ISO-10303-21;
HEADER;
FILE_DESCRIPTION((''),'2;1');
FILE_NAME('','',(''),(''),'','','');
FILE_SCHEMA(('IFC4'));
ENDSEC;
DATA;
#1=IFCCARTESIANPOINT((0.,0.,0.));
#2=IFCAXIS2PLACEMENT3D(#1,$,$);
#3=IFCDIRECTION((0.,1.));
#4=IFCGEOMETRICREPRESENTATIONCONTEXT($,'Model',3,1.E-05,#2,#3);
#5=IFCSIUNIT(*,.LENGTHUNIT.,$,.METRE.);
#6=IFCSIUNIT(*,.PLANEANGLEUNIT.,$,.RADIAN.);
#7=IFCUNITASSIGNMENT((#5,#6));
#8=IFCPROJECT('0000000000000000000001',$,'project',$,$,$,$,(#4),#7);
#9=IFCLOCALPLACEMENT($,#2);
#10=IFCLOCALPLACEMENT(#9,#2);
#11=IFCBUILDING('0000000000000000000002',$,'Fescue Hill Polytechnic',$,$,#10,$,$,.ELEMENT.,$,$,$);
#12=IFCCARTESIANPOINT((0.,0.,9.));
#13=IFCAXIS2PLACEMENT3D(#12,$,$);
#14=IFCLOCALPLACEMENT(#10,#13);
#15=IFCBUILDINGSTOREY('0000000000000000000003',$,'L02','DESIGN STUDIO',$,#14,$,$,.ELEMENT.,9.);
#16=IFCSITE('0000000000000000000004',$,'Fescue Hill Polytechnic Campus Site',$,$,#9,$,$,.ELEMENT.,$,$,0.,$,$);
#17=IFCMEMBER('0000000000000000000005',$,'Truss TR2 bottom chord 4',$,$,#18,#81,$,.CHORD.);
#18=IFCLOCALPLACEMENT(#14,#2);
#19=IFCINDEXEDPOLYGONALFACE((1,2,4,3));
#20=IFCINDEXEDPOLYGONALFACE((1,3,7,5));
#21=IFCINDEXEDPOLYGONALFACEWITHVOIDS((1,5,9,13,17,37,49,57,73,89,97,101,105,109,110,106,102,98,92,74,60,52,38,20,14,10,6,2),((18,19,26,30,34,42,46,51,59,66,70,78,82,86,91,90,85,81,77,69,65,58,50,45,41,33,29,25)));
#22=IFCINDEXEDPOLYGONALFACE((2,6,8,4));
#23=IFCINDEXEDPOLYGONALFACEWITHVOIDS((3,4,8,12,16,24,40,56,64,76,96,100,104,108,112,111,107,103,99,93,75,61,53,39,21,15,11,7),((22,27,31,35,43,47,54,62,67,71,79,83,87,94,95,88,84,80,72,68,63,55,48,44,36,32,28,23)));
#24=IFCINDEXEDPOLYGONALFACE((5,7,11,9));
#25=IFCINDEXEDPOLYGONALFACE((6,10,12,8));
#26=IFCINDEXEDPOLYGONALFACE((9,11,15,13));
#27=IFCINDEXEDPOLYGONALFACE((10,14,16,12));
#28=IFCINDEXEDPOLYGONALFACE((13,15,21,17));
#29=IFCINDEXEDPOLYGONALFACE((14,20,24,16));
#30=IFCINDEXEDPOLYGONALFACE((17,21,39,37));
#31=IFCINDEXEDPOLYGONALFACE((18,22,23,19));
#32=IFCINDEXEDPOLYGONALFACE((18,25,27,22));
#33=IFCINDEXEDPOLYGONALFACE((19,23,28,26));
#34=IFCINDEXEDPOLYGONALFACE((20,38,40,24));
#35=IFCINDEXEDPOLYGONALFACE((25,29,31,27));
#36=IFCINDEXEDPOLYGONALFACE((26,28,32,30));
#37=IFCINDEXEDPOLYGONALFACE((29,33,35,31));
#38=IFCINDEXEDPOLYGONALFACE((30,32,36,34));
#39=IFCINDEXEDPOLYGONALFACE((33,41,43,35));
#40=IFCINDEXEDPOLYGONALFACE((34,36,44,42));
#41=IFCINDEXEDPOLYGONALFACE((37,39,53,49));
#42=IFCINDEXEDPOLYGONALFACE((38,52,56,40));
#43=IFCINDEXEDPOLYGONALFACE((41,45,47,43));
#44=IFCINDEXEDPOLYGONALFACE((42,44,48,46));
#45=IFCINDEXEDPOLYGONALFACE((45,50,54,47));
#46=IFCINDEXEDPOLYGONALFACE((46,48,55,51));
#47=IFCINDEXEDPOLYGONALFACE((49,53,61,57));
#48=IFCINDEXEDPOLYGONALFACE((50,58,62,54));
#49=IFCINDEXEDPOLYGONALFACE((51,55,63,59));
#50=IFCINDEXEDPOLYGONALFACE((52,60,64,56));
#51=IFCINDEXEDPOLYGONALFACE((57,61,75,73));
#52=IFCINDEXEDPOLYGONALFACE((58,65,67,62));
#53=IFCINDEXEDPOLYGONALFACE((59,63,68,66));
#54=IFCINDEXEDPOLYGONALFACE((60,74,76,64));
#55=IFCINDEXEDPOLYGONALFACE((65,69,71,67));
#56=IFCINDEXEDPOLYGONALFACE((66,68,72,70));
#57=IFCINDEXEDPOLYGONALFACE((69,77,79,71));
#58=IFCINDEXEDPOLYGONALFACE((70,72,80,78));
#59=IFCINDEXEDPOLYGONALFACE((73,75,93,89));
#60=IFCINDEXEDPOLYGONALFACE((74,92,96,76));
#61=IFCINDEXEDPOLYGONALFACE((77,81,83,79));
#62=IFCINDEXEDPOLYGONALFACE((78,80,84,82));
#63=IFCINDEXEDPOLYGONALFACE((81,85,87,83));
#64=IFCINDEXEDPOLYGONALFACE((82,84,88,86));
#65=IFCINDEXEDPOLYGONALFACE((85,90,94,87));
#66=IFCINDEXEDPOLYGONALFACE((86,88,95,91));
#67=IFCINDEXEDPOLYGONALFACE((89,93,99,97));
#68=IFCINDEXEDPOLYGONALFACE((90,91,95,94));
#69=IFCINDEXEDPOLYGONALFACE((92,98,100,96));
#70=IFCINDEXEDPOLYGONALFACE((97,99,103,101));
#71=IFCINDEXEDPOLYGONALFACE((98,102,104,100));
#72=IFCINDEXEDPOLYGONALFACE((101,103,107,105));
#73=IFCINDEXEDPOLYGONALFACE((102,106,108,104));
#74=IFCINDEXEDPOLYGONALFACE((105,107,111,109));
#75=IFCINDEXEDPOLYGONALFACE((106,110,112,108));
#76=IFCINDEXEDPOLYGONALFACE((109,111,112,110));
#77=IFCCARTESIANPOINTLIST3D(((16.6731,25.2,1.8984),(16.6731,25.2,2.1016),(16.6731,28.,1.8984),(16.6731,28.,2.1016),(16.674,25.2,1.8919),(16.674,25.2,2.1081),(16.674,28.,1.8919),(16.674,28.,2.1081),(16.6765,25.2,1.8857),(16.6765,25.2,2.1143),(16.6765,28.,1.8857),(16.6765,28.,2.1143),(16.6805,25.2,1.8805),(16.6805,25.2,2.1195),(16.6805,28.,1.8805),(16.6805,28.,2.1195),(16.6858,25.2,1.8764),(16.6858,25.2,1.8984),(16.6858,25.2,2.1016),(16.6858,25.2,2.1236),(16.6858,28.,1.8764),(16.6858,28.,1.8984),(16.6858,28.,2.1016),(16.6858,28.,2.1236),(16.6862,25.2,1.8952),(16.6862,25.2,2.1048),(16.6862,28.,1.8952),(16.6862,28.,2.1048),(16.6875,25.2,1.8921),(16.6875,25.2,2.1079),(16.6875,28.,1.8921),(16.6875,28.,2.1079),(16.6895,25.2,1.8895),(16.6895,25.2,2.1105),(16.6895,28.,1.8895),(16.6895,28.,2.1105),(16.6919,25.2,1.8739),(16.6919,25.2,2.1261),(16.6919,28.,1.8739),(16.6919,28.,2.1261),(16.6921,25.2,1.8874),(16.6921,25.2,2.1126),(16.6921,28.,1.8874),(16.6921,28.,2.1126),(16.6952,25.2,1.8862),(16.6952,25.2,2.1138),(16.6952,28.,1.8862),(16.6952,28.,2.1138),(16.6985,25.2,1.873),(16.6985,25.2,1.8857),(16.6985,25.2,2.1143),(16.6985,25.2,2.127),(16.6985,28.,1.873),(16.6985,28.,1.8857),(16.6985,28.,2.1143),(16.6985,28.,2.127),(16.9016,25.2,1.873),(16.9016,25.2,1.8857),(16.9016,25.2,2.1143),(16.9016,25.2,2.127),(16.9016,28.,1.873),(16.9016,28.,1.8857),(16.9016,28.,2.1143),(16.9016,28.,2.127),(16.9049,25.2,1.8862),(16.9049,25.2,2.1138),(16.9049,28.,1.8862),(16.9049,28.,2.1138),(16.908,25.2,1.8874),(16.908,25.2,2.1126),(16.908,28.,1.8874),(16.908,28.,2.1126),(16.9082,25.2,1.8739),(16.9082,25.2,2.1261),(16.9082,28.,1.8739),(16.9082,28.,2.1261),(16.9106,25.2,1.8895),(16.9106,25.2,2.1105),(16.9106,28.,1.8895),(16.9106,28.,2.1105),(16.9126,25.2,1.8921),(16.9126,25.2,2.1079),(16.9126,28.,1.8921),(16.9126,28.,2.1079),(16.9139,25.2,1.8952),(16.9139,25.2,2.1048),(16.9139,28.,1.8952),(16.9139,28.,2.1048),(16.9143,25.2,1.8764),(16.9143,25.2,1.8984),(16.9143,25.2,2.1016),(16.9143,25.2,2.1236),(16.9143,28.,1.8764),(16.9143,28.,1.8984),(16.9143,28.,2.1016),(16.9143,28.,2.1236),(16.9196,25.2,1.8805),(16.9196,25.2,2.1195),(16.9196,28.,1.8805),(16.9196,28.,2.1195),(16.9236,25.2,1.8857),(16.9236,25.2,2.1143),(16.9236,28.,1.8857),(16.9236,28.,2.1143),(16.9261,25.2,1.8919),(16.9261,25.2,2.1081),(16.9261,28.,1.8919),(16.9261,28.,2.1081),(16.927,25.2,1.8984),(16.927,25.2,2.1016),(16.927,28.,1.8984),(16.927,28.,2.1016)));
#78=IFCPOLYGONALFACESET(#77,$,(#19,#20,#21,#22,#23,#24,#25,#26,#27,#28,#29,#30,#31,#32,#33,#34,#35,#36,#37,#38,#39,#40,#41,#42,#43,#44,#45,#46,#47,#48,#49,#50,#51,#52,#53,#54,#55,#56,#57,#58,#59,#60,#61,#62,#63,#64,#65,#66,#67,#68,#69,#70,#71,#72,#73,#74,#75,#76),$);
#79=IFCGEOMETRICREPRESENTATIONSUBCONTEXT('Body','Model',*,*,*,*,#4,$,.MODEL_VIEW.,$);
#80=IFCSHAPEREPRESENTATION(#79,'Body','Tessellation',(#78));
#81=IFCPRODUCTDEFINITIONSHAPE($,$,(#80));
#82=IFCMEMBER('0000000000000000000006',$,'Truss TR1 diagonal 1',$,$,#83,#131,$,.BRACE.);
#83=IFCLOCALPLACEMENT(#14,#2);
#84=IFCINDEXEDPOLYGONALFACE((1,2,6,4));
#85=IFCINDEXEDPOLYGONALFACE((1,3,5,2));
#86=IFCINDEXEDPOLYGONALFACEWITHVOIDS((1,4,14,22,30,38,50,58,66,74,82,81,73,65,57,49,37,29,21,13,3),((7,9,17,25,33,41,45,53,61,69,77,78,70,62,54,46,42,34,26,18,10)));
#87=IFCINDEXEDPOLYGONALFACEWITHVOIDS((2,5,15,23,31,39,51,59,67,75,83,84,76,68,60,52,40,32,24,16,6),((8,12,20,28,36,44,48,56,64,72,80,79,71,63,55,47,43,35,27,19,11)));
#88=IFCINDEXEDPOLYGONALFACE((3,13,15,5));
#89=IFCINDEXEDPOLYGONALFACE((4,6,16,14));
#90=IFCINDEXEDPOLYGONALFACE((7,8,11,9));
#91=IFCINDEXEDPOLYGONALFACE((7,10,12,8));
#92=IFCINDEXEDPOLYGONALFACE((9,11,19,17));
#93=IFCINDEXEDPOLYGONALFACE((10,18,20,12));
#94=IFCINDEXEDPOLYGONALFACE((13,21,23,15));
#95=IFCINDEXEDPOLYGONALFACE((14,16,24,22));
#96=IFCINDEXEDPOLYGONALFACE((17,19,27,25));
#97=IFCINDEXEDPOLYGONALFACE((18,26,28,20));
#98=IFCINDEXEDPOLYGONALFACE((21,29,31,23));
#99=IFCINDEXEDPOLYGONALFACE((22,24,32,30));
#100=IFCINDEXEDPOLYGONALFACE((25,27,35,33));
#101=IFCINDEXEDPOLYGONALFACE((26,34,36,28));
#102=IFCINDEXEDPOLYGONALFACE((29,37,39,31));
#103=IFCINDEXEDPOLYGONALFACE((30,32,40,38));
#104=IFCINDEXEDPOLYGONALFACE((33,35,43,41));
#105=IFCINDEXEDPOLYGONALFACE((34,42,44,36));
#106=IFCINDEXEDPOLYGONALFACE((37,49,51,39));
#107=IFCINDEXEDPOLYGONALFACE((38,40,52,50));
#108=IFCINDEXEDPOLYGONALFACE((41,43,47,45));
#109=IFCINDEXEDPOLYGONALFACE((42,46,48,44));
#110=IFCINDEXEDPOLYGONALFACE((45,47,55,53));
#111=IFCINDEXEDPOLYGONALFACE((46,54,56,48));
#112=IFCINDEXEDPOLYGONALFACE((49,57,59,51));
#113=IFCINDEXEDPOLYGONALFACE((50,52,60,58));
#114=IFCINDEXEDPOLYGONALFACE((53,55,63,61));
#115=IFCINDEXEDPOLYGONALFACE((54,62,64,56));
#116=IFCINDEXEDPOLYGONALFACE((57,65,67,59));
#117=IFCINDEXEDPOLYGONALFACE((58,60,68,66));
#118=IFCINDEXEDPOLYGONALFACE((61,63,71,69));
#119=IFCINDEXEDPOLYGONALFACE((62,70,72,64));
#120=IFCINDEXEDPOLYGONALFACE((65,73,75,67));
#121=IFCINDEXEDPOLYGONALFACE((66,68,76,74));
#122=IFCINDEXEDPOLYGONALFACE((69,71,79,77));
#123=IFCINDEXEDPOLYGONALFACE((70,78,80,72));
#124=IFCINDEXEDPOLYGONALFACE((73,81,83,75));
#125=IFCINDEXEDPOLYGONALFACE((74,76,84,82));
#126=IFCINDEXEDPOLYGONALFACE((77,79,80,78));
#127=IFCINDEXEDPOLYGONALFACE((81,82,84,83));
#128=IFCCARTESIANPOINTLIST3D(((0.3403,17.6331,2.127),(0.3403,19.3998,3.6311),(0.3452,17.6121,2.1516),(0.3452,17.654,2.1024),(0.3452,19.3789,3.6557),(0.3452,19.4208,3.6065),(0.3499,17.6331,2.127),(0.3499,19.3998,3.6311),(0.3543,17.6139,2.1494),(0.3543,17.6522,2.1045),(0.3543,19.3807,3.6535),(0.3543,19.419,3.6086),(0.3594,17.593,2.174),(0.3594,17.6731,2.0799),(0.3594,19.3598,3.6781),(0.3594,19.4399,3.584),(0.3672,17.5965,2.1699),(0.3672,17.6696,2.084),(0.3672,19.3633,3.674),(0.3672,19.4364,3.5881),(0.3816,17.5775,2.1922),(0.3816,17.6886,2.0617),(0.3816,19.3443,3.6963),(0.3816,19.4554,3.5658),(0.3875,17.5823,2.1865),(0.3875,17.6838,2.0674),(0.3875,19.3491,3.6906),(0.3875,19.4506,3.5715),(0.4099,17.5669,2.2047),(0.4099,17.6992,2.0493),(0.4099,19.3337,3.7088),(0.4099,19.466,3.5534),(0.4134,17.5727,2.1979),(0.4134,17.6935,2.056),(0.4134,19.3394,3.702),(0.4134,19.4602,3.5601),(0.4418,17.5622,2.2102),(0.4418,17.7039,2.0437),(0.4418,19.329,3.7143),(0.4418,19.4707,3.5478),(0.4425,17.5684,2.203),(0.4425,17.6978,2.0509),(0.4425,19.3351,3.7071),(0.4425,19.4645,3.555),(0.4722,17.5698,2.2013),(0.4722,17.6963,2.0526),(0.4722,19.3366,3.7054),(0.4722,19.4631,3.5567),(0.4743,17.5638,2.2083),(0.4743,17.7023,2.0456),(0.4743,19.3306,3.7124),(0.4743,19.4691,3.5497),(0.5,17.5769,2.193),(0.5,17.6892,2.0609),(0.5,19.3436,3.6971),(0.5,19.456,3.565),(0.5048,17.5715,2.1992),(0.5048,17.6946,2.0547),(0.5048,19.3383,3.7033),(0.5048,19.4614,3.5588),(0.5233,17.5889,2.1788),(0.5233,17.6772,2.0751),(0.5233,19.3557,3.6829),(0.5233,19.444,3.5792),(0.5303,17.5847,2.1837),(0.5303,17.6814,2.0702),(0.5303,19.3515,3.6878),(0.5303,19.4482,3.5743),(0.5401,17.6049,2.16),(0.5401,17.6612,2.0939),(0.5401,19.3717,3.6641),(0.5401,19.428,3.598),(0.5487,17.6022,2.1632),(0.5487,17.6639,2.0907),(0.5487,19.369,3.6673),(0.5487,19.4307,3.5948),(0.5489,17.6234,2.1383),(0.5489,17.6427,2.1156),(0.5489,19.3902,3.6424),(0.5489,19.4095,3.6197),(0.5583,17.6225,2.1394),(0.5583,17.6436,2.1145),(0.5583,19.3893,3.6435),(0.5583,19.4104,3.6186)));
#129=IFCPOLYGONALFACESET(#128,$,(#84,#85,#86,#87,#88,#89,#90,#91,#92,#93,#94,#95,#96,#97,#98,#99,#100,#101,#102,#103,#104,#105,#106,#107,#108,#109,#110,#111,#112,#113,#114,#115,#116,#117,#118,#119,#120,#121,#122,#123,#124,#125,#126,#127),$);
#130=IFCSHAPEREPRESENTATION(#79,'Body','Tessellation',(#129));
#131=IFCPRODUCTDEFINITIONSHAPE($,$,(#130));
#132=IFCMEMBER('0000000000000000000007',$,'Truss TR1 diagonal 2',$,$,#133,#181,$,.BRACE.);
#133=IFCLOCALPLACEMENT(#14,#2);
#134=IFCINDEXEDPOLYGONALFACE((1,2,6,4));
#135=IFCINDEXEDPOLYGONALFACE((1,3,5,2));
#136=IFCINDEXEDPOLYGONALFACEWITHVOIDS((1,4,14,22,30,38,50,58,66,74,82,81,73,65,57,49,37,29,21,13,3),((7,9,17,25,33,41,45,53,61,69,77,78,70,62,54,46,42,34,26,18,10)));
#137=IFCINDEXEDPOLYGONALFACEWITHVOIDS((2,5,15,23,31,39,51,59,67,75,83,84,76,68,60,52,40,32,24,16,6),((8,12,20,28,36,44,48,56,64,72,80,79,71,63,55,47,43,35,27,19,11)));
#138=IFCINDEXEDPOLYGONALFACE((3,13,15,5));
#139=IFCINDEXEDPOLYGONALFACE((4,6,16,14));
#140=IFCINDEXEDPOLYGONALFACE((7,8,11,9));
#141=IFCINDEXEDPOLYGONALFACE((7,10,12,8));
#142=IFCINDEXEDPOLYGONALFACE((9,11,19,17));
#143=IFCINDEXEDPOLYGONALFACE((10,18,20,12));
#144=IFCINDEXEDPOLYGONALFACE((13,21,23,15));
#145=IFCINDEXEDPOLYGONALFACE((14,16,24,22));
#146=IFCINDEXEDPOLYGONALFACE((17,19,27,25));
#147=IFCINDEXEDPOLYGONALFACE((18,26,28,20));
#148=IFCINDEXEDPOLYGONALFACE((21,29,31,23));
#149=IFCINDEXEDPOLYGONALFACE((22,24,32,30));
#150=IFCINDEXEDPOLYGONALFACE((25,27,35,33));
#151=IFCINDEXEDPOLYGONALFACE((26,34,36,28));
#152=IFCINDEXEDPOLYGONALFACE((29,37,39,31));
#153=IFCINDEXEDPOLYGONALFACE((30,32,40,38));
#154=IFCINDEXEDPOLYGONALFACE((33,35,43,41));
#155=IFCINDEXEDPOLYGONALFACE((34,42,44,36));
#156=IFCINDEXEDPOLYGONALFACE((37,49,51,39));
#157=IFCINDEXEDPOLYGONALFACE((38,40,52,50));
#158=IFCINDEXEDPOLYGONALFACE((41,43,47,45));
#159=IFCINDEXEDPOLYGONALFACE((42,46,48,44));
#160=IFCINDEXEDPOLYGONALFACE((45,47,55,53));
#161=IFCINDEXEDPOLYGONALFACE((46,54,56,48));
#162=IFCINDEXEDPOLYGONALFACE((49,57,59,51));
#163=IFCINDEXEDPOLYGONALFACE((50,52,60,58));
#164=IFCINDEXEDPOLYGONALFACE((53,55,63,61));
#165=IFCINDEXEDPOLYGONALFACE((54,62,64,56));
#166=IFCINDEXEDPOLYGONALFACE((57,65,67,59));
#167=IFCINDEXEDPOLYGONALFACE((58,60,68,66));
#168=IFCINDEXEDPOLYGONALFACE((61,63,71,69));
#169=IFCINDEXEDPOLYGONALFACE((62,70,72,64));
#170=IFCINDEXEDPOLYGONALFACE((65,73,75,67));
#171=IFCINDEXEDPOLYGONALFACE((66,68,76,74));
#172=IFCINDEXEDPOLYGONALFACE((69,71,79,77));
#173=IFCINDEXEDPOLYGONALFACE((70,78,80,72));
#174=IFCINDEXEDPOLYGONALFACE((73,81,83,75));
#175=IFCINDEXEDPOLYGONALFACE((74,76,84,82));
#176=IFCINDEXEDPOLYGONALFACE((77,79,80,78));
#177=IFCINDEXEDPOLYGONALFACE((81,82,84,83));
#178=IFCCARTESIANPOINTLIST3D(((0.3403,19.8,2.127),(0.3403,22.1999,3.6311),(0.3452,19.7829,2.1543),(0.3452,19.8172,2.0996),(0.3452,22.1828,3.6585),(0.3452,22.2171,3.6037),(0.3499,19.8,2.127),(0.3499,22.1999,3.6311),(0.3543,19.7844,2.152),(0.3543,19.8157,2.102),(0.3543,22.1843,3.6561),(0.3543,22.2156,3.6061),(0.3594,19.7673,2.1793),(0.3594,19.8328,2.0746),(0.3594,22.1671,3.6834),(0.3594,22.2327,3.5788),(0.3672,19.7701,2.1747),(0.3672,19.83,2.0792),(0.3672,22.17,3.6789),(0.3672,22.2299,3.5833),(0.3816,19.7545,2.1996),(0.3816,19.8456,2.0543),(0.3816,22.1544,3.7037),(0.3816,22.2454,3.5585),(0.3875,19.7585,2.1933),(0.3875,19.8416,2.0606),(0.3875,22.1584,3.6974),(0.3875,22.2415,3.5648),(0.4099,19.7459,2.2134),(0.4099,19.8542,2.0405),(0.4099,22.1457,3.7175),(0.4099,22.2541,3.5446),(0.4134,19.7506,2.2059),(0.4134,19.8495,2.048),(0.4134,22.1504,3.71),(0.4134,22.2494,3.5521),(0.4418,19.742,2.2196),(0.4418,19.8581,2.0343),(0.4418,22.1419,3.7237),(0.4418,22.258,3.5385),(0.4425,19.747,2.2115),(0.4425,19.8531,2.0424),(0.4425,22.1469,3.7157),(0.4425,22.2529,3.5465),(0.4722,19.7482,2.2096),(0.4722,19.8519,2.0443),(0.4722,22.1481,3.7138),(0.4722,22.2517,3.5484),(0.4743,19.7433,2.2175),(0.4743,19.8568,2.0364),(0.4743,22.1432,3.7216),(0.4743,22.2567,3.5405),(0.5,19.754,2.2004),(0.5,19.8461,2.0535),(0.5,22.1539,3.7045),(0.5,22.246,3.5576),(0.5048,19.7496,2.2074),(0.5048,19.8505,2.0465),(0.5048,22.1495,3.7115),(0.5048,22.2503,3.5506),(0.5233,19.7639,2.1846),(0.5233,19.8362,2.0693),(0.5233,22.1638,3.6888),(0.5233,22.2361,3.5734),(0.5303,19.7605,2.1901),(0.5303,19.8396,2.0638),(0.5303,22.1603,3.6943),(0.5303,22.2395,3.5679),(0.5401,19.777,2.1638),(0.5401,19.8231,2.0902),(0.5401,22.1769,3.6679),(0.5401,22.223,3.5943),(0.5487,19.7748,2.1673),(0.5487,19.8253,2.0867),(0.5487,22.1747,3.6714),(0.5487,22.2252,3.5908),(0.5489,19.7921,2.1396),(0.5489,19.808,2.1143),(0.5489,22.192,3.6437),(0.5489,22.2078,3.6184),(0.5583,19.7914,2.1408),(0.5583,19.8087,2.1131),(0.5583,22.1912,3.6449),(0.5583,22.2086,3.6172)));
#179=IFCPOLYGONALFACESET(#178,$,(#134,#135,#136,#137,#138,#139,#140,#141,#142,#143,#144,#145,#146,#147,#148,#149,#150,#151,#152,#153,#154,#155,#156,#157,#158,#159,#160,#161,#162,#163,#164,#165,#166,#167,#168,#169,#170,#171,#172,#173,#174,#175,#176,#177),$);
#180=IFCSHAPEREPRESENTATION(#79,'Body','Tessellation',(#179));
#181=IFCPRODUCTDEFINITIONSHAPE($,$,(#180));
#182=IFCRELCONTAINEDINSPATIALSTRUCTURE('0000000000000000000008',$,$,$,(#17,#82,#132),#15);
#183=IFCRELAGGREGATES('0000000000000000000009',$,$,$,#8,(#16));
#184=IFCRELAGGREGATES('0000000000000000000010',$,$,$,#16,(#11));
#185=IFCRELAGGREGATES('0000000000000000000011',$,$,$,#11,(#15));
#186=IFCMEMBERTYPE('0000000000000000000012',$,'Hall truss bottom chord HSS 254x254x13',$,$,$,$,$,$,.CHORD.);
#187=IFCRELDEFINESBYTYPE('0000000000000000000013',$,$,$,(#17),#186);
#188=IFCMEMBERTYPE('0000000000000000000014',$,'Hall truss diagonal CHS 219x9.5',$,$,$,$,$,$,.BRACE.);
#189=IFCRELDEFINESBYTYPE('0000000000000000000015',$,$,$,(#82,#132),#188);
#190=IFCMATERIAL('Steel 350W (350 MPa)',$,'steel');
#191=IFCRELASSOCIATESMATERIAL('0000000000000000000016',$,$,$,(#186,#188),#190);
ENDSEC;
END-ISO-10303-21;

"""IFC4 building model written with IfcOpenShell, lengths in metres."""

from ifc_helpers import new_model, si_unit, direction, frame, origin, origin_2d, place, context, subcontext, project, spatial, hollow_rectangle, hollow_circle, extrude, material, material_profile, profile_set, type_object, element, save


model = new_model("IFC4")

# Units and contexts
model_context = context("Model", 3, precision=1e-05, world=origin(), true_north=direction((0.0, 1.0)))
body_context = subcontext(model_context, "Body", "Model", "MODEL_VIEW")
ifc_project = project(units=[si_unit("LENGTHUNIT", "METRE"), si_unit("PLANEANGLEUNIT", "RADIAN")], contexts=[model_context])

# Site, building, storey
site_placement = place(None, origin())
site = spatial("IfcSite", under=ifc_project, at=site_placement, Name="Fescue Hill Polytechnic Campus Site", CompositionType="ELEMENT", RefElevation=0.0)
building_placement = place(site_placement, origin())
building = spatial("IfcBuilding", under=site, at=building_placement, Name="Fescue Hill Polytechnic", CompositionType="ELEMENT")
storey_placement = place(building_placement, frame((0.0, 0.0, 9.0)))
storey = spatial("IfcBuildingStorey", under=building, at=storey_placement, Name="L02", Description="DESIGN STUDIO", CompositionType="ELEMENT", Elevation=9.0)

# Members
ifc_material_1 = material(Name="Steel 350W (350 MPa)", Category="steel")
ifc_material_profile_1 = material_profile(ifc_material_1, hollow_rectangle(XDim=0.2539, YDim=0.2539, WallThickness=0.0127, InnerFilletRadius=0.0127, OuterFilletRadius=0.0254, at=origin_2d()), Name="Hall truss bottom chord HSS 254x254x13")
ifc_profile_set_1 = profile_set([ifc_material_profile_1], Name="Steel 350W (350 MPa)")
member_type_1 = type_object("IfcMemberType", Name="Hall truss bottom chord HSS 254x254x13", PredefinedType="CHORD", material=ifc_profile_set_1)
for number, where, z_axis, x_axis, name in (
    (1, (16.8, 25.2, 2.0), (0.0, 1.0, 0.0), (-1.0, 0.0, 0.0), "Truss TR2 bottom chord 4"),
):
    element("IfcMember", number, at=place(storey_placement, frame(where, z_axis=z_axis, x_axis=x_axis)), inside=storey, type_object=member_type_1, Name=name, PredefinedType="CHORD", context=body_context, shape_type="SweptSolid", body=[
        extrude(hollow_rectangle(XDim=0.2539, YDim=0.2539, WallThickness=0.0127, InnerFilletRadius=0.0127, OuterFilletRadius=0.0254, at=origin_2d()), origin(), (0.0, 0.0, 1.0), 2.8),
    ])
ifc_material_profile_2 = material_profile(ifc_material_1, hollow_circle(Radius=0.1096, WallThickness=0.0095, at=origin_2d()), Name="Hall truss diagonal CHS 219x9.5")
ifc_profile_set_2 = profile_set([ifc_material_profile_2], Name="Steel 350W (350 MPa)")
member_type_2 = type_object("IfcMemberType", Name="Hall truss diagonal CHS 219x9.5", PredefinedType="BRACE", material=ifc_profile_set_2)
member_1_placement = place(storey_placement, frame((0.45, 17.6331, 2.127), z_axis=(0.0, 0.761443, 0.648232), x_axis=(-1.0, 0.0, 0.0)))
element("IfcMember", 2, at=member_1_placement, inside=storey, type_object=member_type_2, Name="Truss TR1 diagonal 1", PredefinedType="BRACE", context=body_context, shape_type="SweptSolid", body=[
    extrude(hollow_circle(Radius=0.1096, WallThickness=0.0095, at=origin_2d()), origin(), (0.0, 0.0, 1.0), 2.3203),
])
for number, where, z_axis, x_axis, name in (
    (3, (0.45, 19.8, 2.127), (0.0, 0.847329, 0.531068), (-1.0, 0.0, 0.0), "Truss TR1 diagonal 2"),
):
    element("IfcMember", number, at=place(storey_placement, frame(where, z_axis=z_axis, x_axis=x_axis)), inside=storey, type_object=member_type_2, Name=name, PredefinedType="BRACE", context=body_context, shape_type="SweptSolid", body=[
        extrude(hollow_circle(Radius=0.1096, WallThickness=0.0095, at=origin_2d()), origin(), (0.0, 0.0, 1.0), 2.8323),
    ])

save(model, "model.ifc")
